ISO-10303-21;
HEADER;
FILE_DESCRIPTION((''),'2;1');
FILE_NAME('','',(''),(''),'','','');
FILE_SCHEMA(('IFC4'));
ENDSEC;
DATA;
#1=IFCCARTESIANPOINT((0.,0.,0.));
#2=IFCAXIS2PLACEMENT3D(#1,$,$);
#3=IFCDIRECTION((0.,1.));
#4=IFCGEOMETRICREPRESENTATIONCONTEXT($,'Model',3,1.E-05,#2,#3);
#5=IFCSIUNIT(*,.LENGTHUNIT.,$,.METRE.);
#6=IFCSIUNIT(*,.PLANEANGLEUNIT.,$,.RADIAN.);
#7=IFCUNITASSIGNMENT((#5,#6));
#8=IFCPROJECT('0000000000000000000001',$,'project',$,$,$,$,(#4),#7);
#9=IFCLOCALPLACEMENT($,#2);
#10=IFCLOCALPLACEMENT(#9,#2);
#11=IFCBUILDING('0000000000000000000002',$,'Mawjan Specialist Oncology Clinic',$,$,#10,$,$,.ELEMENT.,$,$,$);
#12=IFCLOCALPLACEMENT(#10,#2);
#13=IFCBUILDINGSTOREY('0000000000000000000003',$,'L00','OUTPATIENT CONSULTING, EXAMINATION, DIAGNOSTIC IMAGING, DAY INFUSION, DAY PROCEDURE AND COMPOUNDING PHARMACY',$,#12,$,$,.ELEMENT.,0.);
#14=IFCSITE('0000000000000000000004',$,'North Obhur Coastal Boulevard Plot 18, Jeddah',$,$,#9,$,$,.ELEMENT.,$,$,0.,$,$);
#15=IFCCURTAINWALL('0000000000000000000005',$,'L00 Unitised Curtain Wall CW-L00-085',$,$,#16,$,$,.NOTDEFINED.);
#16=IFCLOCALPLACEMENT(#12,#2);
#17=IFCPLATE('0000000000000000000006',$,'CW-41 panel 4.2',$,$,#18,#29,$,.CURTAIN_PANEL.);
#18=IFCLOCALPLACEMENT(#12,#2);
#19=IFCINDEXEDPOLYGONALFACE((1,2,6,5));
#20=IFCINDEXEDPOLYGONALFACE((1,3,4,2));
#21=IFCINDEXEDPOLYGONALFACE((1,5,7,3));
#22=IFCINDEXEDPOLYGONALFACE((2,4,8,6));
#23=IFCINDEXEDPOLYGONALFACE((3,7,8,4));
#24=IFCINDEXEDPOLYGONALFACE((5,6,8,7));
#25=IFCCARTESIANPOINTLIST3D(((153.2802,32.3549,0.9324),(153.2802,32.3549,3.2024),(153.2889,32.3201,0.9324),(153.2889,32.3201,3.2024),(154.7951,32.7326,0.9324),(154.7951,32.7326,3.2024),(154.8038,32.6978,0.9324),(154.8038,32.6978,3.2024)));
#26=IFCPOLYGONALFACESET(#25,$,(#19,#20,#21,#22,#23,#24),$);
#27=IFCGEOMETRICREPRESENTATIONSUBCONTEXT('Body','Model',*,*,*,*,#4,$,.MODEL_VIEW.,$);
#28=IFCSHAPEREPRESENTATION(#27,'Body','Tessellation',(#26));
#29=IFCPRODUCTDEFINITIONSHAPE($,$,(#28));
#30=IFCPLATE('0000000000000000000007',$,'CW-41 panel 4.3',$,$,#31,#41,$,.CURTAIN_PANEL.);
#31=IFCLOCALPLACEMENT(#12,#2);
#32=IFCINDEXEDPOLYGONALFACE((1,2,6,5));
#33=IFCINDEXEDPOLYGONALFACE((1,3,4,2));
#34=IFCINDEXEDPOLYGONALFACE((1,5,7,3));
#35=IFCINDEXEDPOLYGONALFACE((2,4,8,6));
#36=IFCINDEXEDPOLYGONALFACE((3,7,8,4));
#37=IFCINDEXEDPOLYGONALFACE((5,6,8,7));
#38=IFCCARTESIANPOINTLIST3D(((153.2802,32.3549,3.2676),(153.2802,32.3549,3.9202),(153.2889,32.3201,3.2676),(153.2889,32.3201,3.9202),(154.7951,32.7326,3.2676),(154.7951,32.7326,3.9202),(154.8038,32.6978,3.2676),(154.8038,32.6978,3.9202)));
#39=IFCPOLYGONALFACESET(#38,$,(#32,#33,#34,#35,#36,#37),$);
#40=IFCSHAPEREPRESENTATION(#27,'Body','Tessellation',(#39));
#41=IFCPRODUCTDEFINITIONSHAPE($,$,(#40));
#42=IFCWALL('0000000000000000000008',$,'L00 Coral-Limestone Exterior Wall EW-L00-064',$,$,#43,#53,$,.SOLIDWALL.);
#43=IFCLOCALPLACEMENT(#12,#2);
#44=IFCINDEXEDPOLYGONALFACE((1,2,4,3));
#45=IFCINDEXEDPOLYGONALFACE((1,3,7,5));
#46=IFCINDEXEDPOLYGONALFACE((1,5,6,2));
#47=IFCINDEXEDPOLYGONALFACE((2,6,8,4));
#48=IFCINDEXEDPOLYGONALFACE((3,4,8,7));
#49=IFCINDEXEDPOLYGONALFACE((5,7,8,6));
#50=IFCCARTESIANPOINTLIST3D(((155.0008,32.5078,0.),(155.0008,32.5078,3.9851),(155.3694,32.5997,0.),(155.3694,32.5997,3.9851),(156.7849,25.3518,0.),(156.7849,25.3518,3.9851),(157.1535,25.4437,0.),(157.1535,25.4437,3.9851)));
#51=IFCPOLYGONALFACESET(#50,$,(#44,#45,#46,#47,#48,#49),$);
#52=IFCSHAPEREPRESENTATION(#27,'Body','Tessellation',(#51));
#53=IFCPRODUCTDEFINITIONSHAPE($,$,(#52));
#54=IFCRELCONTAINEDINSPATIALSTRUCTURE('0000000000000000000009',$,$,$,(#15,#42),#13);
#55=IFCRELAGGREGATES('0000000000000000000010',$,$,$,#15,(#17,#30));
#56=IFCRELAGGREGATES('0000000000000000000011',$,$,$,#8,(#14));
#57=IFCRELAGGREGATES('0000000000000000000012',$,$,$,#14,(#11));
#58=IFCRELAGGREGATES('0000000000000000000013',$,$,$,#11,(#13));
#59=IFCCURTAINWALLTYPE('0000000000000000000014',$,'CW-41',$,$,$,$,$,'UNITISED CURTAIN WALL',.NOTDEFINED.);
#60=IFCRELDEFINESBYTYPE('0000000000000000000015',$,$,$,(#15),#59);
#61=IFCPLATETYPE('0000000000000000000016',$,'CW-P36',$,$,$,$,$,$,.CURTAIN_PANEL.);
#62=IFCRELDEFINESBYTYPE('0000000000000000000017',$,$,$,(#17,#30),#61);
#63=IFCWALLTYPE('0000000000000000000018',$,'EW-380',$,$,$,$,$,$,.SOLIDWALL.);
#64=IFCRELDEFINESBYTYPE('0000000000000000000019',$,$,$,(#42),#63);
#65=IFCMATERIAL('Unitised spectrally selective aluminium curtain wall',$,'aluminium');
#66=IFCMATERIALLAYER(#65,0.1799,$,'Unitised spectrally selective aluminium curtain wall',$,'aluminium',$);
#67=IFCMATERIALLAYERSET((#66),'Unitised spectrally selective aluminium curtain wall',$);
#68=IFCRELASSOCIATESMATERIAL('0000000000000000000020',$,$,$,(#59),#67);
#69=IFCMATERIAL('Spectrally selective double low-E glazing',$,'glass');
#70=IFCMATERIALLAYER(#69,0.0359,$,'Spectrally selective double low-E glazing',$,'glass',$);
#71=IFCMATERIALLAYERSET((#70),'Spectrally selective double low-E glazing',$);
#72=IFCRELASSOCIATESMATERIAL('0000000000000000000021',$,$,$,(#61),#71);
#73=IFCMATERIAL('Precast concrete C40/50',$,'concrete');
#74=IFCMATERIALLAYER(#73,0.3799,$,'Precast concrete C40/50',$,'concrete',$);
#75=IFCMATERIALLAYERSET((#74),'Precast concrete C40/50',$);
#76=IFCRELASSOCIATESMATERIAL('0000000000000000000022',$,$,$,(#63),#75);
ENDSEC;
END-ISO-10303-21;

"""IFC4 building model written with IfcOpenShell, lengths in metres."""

from ifc_helpers import new_model, si_unit, direction, frame, frame_2d, origin, origin_2d, place, context, subcontext, project, spatial, rectangle, extrude, material, layer, layer_set, type_object, element, aggregate, save


model = new_model("IFC4")

# Units and contexts
model_context = context("Model", 3, precision=1e-05, world=origin(), true_north=direction((0.0, 1.0)))
body_context = subcontext(model_context, "Body", "Model", "MODEL_VIEW")
ifc_project = project(units=[si_unit("LENGTHUNIT", "METRE"), si_unit("PLANEANGLEUNIT", "RADIAN")], contexts=[model_context])

# Site, building, storey
site_placement = place(None, origin())
site = spatial("IfcSite", under=ifc_project, at=site_placement, Name="North Obhur Coastal Boulevard Plot 18, Jeddah", CompositionType="ELEMENT", RefElevation=0.0)
building_placement = place(site_placement, origin())
building = spatial("IfcBuilding", under=site, at=building_placement, Name="Mawjan Specialist Oncology Clinic", CompositionType="ELEMENT")
storey_placement = place(building_placement, origin())
storey = spatial("IfcBuildingStorey", under=building, at=storey_placement, Name="L00", Description="OUTPATIENT CONSULTING, EXAMINATION, DIAGNOSTIC IMAGING, DAY INFUSION, DAY PROCEDURE AND COMPOUNDING PHARMACY", CompositionType="ELEMENT", Elevation=0.0)

# Curtain wall, plates
ifc_material_1 = material(Name="Unitised spectrally selective aluminium curtain wall", Category="aluminium")
ifc_layer_1 = layer(ifc_material_1, 0.1799, Name="Unitised spectrally selective aluminium curtain wall", Category="aluminium")
ifc_layer_set_1 = layer_set([ifc_layer_1], Name="Unitised spectrally selective aluminium curtain wall")
curtain_wall_type = type_object("IfcCurtainWallType", Name="CW-41", ElementType="UNITISED CURTAIN WALL", PredefinedType="NOTDEFINED", material=ifc_layer_set_1)
curtain_wall_placement = place(storey_placement, origin())
curtain_wall = element("IfcCurtainWall", 1, at=curtain_wall_placement, inside=storey, type_object=curtain_wall_type, Name="L00 Unitised Curtain Wall CW-L00-085", PredefinedType="NOTDEFINED")
ifc_material_2 = material(Name="Spectrally selective double low-E glazing", Category="glass")
ifc_layer_2 = layer(ifc_material_2, 0.0359, Name="Spectrally selective double low-E glazing", Category="glass")
ifc_layer_set_2 = layer_set([ifc_layer_2], Name="Spectrally selective double low-E glazing")
plate_type = type_object("IfcPlateType", Name="CW-P36", PredefinedType="CURTAIN_PANEL", material=ifc_layer_set_2)
plate_1_placement = place(storey_placement, frame((154.042, 32.5264, 0.9324), z_axis=(0.0, 0.0, 1.0), x_axis=(0.970296, 0.241922, 0.0)))
plate_1 = element("IfcPlate", 2, at=plate_1_placement, type_object=plate_type, Name="CW-41 panel 4.2", PredefinedType="CURTAIN_PANEL", context=body_context, shape_type="SweptSolid", body=[
    extrude(rectangle(XDim=1.5613, YDim=0.0359, at=origin_2d()), origin(), (0.0, 0.0, 1.0), 2.27),
])
plate_2_placement = place(storey_placement, frame((154.042, 32.5264, 3.2676), z_axis=(0.0, 0.0, 1.0), x_axis=(0.970296, 0.241922, 0.0)))
plate_2 = element("IfcPlate", 3, at=plate_2_placement, type_object=plate_type, Name="CW-41 panel 4.3", PredefinedType="CURTAIN_PANEL", context=body_context, shape_type="SweptSolid", body=[
    extrude(rectangle(XDim=1.5613, YDim=0.0359, at=origin_2d()), origin(), (0.0, 0.0, 1.0), 0.6526),
])
aggregate(curtain_wall, [plate_1, plate_2])

# Wall
ifc_material_3 = material(Name="Precast concrete C40/50", Category="concrete")
ifc_layer_3 = layer(ifc_material_3, 0.3799, Name="Precast concrete C40/50", Category="concrete")
ifc_layer_set_3 = layer_set([ifc_layer_3], Name="Precast concrete C40/50")
wall_type = type_object("IfcWallType", Name="EW-380", PredefinedType="SOLIDWALL", material=ifc_layer_set_3)
wall_placement = place(storey_placement, frame((155.1851, 32.5537, 0.0), z_axis=(0.0, 0.0, 1.0), x_axis=(0.24192, -0.970296, 0.0)))
element("IfcWall", 4, at=wall_placement, inside=storey, type_object=wall_type, Name="L00 Coral-Limestone Exterior Wall EW-L00-064", PredefinedType="SOLIDWALL", context=body_context, shape_type="SweptSolid", body=[
    extrude(rectangle(XDim=7.375, YDim=0.3799, at=frame_2d((3.6875, 0.0))), origin(), (0.0, 0.0, 1.0), 3.9851),
])

save(model, "model.ifc")
